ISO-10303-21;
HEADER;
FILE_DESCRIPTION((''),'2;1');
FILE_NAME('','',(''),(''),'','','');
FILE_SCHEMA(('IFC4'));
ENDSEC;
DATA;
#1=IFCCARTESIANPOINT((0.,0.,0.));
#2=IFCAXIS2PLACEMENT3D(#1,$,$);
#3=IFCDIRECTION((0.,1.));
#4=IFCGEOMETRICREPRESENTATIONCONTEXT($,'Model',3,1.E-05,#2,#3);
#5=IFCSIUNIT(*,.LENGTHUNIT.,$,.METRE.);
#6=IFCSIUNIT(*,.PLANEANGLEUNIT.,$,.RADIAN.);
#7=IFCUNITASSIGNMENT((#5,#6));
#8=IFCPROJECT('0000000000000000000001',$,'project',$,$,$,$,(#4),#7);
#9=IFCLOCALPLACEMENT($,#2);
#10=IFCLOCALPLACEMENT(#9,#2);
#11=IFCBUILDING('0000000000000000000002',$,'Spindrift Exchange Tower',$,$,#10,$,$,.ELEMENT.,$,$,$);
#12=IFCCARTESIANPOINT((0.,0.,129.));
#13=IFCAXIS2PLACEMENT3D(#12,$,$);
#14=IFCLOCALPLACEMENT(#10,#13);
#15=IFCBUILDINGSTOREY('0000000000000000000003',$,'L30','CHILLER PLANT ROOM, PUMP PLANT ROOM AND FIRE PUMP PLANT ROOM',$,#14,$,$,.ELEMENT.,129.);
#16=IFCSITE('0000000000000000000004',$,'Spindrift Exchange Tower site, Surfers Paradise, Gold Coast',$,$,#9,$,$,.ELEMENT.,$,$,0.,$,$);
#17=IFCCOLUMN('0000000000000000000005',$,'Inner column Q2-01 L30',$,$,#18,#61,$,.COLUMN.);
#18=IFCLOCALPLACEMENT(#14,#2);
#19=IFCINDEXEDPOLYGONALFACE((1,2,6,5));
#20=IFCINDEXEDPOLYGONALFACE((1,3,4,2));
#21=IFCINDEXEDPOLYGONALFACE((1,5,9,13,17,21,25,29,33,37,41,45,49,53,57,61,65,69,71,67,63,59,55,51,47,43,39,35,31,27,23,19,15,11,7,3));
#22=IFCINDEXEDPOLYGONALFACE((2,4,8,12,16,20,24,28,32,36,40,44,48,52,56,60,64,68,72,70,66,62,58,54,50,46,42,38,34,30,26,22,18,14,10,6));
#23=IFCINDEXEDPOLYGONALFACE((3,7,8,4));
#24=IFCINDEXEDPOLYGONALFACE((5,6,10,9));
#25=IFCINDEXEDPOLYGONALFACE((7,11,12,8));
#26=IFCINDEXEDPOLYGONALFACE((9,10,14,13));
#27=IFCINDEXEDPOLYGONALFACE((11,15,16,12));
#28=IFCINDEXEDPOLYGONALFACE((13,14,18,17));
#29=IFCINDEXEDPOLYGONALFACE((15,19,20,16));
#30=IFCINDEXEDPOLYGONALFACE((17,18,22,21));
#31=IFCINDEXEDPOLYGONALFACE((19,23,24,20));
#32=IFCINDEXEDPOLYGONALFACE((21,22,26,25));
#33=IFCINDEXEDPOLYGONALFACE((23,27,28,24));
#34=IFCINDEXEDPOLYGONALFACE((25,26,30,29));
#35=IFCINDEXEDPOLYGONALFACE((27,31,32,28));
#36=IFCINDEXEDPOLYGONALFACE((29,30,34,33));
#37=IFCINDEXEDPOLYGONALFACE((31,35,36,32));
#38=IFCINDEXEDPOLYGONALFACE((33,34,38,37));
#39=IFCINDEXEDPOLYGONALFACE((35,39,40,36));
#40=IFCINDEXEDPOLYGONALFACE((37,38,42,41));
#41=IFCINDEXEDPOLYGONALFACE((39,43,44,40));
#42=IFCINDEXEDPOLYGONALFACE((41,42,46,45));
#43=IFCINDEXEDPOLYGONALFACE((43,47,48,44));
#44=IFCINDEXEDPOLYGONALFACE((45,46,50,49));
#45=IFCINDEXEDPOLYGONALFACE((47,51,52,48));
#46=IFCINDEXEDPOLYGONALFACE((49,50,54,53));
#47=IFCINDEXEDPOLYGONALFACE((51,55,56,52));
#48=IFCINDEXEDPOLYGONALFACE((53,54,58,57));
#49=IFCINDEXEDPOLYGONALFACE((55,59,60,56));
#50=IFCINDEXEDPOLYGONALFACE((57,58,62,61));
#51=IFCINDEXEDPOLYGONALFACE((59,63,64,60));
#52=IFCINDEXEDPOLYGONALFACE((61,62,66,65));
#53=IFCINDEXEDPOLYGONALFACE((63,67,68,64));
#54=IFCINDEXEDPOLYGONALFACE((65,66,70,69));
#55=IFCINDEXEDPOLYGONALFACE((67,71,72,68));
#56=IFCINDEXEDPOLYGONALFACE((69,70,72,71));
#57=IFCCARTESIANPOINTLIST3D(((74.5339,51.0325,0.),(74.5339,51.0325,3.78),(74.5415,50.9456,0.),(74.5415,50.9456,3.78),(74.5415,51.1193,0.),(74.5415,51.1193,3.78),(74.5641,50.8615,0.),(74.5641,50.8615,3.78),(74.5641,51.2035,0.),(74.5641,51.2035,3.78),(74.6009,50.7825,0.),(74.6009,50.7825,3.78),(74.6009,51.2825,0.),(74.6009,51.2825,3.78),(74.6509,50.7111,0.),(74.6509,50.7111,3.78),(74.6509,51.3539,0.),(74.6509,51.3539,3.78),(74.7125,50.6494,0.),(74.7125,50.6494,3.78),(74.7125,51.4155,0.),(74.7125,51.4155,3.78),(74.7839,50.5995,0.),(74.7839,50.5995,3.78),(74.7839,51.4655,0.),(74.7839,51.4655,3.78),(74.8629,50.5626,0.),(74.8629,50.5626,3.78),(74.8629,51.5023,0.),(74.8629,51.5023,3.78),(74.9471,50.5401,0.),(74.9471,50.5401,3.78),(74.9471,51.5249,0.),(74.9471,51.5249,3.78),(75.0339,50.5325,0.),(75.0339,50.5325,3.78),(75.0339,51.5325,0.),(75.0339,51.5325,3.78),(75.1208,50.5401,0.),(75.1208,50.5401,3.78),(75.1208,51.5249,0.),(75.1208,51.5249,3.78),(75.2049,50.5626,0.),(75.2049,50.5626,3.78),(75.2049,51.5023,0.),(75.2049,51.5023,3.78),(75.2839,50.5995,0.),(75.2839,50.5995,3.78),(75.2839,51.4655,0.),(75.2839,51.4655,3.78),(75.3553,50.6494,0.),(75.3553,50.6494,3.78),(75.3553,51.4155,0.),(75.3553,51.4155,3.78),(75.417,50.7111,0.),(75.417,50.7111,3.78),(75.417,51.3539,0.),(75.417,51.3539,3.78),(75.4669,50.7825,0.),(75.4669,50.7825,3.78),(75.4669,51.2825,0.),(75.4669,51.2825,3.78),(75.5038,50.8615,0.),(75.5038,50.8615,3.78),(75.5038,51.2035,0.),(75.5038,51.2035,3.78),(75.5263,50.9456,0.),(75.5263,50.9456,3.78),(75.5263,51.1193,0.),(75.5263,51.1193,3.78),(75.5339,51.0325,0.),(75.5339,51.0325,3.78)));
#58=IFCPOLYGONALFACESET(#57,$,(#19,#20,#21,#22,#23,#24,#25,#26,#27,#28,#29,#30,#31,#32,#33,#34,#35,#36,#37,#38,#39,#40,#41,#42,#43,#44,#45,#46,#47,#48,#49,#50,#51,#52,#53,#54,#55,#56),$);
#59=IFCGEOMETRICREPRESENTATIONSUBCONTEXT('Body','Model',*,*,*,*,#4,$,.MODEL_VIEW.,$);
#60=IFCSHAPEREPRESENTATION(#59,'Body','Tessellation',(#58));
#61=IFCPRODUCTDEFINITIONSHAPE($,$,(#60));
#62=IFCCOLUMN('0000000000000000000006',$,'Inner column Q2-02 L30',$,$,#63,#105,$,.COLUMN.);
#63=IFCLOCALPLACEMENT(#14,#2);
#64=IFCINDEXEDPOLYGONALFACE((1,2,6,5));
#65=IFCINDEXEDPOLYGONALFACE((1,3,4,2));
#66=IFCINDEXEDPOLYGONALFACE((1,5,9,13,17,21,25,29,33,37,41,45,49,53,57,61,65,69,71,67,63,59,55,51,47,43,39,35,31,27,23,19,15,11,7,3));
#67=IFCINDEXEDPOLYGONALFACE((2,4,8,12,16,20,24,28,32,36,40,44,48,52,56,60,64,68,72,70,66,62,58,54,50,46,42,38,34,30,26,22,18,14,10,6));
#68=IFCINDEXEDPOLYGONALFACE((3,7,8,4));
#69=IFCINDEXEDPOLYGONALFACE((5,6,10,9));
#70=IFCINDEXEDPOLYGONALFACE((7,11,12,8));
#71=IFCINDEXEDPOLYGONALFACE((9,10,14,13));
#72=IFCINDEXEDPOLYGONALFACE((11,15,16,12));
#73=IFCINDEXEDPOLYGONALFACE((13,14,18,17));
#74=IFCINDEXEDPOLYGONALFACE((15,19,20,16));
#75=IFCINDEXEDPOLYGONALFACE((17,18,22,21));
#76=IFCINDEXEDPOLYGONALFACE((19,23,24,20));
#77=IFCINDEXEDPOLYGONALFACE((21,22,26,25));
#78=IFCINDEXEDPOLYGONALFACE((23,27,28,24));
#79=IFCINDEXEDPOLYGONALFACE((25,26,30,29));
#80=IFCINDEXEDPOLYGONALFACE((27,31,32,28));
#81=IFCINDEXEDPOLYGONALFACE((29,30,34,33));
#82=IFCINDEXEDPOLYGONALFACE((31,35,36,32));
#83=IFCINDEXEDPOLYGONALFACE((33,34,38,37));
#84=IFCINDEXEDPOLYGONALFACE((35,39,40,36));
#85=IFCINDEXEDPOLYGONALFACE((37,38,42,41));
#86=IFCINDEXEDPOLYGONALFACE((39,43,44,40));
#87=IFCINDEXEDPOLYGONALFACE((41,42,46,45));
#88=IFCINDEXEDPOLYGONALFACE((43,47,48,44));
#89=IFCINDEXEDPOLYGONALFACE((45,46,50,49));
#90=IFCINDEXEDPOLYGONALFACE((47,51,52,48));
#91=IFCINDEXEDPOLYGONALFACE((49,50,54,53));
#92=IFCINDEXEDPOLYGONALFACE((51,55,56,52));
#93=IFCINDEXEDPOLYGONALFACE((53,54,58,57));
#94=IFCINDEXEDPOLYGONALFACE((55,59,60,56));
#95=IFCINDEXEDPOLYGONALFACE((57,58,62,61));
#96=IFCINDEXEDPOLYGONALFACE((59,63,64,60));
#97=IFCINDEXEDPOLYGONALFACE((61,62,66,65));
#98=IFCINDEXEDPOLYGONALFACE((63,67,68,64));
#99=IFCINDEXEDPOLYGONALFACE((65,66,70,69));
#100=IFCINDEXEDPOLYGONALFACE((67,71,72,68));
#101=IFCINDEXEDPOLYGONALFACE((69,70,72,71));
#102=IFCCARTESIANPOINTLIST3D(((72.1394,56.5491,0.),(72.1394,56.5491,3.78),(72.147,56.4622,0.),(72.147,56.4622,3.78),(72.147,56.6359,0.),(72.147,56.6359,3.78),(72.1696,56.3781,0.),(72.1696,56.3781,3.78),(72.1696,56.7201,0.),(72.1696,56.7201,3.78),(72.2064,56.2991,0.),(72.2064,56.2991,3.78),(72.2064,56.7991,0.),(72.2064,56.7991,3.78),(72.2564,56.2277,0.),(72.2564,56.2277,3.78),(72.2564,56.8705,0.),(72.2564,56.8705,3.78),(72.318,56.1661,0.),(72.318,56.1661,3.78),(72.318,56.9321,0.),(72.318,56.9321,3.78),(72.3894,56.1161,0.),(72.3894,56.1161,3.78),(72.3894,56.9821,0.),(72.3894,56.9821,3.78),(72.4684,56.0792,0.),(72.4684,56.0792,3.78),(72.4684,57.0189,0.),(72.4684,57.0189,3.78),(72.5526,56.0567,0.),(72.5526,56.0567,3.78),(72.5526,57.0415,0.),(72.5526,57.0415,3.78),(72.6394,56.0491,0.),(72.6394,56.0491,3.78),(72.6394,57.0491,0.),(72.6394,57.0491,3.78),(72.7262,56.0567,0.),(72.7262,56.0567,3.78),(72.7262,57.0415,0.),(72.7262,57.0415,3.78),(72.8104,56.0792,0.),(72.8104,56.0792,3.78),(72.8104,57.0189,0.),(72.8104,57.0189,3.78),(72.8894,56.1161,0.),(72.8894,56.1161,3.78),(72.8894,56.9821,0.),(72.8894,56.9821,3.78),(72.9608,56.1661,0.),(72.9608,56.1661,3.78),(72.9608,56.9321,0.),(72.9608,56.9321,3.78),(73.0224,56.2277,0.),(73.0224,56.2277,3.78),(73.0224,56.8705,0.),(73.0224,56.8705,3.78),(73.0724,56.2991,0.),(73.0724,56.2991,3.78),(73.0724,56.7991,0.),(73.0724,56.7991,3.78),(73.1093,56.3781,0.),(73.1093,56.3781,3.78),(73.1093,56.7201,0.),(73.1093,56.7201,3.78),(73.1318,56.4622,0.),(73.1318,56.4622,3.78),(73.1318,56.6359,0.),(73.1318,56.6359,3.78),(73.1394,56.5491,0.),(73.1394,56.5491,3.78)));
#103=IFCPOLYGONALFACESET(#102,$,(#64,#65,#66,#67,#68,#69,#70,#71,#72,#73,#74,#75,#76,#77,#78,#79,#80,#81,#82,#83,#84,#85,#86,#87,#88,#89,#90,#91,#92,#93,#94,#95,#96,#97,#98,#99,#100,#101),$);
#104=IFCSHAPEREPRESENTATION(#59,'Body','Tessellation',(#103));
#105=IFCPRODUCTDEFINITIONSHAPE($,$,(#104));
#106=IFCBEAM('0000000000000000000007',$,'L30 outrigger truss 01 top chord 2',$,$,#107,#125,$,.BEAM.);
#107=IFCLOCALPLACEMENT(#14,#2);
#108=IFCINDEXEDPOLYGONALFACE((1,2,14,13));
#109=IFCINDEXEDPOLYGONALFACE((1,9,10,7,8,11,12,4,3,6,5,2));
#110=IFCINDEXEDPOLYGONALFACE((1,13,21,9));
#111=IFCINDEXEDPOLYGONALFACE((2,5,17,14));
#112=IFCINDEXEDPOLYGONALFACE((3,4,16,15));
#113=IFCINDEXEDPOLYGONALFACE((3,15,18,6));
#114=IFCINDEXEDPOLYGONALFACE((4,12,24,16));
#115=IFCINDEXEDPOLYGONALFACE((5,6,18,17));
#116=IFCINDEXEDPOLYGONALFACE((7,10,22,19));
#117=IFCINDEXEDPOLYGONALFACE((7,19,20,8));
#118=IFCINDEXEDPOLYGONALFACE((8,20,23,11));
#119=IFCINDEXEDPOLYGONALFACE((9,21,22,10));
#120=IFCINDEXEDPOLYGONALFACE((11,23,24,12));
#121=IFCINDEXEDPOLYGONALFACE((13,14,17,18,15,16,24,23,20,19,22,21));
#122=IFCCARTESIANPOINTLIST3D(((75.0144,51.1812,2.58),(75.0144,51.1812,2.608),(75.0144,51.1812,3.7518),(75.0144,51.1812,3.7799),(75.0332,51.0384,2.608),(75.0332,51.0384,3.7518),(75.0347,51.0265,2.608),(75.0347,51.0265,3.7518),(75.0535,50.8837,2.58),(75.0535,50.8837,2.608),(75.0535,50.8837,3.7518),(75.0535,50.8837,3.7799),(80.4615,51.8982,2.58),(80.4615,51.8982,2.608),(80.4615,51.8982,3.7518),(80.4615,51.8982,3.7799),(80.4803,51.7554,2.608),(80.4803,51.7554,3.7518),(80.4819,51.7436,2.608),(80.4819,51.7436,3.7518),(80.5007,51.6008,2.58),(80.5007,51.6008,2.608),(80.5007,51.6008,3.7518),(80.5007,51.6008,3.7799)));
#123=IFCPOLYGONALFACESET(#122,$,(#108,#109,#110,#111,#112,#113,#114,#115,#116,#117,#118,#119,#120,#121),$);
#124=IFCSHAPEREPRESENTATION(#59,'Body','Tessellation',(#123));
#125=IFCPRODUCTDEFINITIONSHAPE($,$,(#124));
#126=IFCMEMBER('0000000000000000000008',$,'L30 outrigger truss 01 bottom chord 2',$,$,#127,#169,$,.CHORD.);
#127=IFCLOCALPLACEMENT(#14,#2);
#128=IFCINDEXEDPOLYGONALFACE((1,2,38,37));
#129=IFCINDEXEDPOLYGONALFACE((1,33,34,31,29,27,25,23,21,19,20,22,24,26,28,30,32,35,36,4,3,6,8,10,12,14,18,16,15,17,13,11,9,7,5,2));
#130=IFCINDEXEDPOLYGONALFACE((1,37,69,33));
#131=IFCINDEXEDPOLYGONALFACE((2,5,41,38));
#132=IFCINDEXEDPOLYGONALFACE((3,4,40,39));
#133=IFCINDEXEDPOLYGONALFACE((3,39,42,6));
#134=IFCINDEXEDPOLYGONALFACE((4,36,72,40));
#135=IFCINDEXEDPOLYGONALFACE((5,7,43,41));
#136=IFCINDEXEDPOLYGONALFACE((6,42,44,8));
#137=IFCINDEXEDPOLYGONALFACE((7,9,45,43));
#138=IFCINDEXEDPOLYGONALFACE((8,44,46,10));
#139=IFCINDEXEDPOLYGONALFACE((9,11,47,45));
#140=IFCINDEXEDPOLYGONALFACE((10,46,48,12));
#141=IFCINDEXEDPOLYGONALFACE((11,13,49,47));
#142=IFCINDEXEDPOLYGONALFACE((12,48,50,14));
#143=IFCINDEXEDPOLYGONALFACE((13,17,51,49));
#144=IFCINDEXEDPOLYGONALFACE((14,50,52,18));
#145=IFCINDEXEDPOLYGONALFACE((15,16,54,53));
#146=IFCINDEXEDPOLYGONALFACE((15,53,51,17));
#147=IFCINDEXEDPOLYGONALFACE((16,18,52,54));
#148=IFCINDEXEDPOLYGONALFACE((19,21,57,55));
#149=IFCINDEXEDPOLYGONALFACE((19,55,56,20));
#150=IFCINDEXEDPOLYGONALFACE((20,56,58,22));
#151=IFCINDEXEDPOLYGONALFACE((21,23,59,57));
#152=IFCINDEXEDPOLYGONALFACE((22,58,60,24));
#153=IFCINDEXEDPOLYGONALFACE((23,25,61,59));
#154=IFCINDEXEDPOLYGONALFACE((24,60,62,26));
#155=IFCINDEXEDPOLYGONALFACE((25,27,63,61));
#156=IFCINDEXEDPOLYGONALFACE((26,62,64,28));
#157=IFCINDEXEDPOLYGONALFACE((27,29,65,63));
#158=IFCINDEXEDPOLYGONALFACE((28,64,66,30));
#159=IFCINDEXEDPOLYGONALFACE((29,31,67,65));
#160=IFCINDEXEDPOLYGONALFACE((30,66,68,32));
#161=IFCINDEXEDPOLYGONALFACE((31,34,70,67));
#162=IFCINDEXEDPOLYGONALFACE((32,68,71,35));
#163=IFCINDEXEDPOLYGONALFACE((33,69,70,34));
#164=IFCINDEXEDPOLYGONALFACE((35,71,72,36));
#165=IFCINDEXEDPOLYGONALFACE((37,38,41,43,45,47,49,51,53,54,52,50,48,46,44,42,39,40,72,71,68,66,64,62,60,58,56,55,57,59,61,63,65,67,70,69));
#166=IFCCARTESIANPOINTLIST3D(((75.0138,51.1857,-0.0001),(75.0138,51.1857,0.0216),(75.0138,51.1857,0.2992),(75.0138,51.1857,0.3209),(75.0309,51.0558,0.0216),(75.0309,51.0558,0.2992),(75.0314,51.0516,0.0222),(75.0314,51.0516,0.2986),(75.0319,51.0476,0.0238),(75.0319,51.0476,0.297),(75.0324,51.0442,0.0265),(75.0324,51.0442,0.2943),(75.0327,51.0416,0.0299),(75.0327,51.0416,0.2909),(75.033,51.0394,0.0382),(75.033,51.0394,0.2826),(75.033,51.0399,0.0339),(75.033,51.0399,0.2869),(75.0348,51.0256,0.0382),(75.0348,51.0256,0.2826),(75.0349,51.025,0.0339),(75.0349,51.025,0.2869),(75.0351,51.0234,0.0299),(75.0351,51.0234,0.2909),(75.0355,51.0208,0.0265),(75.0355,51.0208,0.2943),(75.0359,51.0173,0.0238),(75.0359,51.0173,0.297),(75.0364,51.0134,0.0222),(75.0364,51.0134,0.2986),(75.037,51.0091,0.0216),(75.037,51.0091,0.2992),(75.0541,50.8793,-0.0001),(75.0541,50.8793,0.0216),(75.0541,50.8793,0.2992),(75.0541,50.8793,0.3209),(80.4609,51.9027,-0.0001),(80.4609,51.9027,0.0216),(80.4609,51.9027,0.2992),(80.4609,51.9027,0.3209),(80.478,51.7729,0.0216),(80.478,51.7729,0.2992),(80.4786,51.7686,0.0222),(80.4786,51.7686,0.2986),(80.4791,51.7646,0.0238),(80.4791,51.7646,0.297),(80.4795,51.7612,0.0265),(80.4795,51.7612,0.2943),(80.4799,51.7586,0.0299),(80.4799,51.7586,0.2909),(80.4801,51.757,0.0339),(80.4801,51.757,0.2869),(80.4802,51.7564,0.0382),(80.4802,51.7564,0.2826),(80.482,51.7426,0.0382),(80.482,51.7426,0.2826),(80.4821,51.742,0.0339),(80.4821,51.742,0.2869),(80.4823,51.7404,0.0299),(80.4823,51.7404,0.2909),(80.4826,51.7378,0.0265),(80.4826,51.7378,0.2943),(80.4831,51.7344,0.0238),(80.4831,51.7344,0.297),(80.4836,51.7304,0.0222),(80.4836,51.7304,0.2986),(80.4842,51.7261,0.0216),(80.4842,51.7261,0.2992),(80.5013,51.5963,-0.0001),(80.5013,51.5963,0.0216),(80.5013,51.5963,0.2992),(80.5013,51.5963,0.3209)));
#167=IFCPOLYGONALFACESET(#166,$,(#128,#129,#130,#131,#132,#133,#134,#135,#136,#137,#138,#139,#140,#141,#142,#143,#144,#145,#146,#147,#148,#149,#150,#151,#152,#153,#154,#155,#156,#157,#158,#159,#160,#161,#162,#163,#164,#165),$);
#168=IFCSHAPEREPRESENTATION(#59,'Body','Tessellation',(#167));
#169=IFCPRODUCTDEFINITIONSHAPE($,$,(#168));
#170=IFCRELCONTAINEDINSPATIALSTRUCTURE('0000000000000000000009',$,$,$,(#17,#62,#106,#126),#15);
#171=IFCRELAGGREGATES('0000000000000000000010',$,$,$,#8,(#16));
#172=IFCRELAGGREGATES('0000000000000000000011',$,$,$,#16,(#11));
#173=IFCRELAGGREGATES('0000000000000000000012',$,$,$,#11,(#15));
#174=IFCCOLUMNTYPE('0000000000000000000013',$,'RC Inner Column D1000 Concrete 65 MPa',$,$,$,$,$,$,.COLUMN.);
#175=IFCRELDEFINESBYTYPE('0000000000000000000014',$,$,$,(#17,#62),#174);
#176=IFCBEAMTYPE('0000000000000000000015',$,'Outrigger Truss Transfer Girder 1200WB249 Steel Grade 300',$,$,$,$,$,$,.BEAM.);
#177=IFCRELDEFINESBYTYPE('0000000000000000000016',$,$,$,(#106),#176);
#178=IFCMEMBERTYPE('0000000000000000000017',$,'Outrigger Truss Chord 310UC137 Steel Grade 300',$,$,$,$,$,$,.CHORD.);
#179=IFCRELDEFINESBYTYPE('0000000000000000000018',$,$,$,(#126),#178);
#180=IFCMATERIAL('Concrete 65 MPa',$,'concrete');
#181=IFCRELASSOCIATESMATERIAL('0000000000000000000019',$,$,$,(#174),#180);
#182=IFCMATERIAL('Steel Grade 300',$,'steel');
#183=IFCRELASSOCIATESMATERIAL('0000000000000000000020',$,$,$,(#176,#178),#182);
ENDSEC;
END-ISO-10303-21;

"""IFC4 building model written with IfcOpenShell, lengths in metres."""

from ifc_helpers import new_model, si_unit, direction, frame, origin, origin_2d, place, context, subcontext, project, spatial, circle, i_section, extrude, source, transform, mapped, material, material_profile, profile_set, type_object, element, save


model = new_model("IFC4")

# Units and contexts
model_context = context("Model", 3, precision=1e-05, world=origin(), true_north=direction((0.0, 1.0)))
body_context = subcontext(model_context, "Body", "Model", "MODEL_VIEW")
ifc_project = project(units=[si_unit("LENGTHUNIT", "METRE"), si_unit("PLANEANGLEUNIT", "RADIAN")], contexts=[model_context])

# Site, building, storey
site_placement = place(None, origin())
site = spatial("IfcSite", under=ifc_project, at=site_placement, Name="Spindrift Exchange Tower site, Surfers Paradise, Gold Coast", CompositionType="ELEMENT", RefElevation=0.0)
building_placement = place(site_placement, origin())
building = spatial("IfcBuilding", under=site, at=building_placement, Name="Spindrift Exchange Tower", CompositionType="ELEMENT")
storey_placement = place(building_placement, frame((0.0, 0.0, 129.0)))
storey = spatial("IfcBuildingStorey", under=building, at=storey_placement, Name="L30", Description="CHILLER PLANT ROOM, PUMP PLANT ROOM AND FIRE PUMP PLANT ROOM", CompositionType="ELEMENT", Elevation=129.0)

# Columns
ifc_material_1 = material(Name="Concrete 65 MPa", Category="concrete")
ifc_material_profile_1 = material_profile(ifc_material_1, circle(Radius=0.5, at=origin_2d()), Name="RC D1000")
ifc_profile_set_1 = profile_set([ifc_material_profile_1], Name="Concrete 65 MPa")
column_type = type_object("IfcColumnType", Name="RC Inner Column D1000 Concrete 65 MPa", PredefinedType="COLUMN", material=ifc_profile_set_1)
shared_shape_1 = source(origin(), body_context, "Body", "SweptSolid", [
    extrude(circle(Radius=0.5, at=origin_2d()), origin(), (0.0, 0.0, 1.0), 3.78),
])
for number, where, z_axis, x_axis, name in (
    (1, (75.0339, 51.0325, 0.0), (0.0, 0.0, 1.0), (1.0, 0.0, 0.0), "Inner column Q2-01 L30"),
    (2, (72.6394, 56.5491, 0.0), (0.0, 0.0, 1.0), (1.0, 0.0, 0.0), "Inner column Q2-02 L30"),
):
    element("IfcColumn", number, at=place(storey_placement, frame(where, z_axis=z_axis, x_axis=x_axis)), inside=storey, type_object=column_type, Name=name, PredefinedType="COLUMN", context=body_context, shape_type="MappedRepresentation", body=[
        mapped(shared_shape_1, transform((0.0, 0.0, 0.0), scale=1.0)),
    ])

# Beam
ifc_material_2 = material(Name="Steel Grade 300", Category="steel")
ifc_material_profile_2 = material_profile(ifc_material_2, i_section(OverallWidth=0.3, OverallDepth=1.2, WebThickness=0.012, FlangeThickness=0.0281, at=origin_2d()), Name="1200WB249")
ifc_profile_set_2 = profile_set([ifc_material_profile_2], Name="Steel Grade 300")
beam_type = type_object("IfcBeamType", Name="Outrigger Truss Transfer Girder 1200WB249 Steel Grade 300", PredefinedType="BEAM", material=ifc_profile_set_2)
shared_shape_2 = source(origin(), body_context, "Body", "SweptSolid", [
    extrude(i_section(OverallWidth=0.3, OverallDepth=1.2, WebThickness=0.012, FlangeThickness=0.0281, at=origin_2d()), origin(), (0.0, 0.0, 1.0), 5.4941),
])
beam_1_placement = place(storey_placement, frame((75.0339, 51.0325, 3.1799), z_axis=(0.991447, 0.130507, 0.0), x_axis=(-0.130507, 0.991447, 0.0)))
element("IfcBeam", 3, at=beam_1_placement, inside=storey, type_object=beam_type, Name="L30 outrigger truss 01 top chord 2", PredefinedType="BEAM", context=body_context, shape_type="MappedRepresentation", body=[
    mapped(shared_shape_2, transform((0.0, 0.0, 0.0), scale=1.0)),
])

# Member
ifc_material_profile_3 = material_profile(ifc_material_2, i_section(OverallWidth=0.3091, OverallDepth=0.321, WebThickness=0.0139, FlangeThickness=0.0217, FilletRadius=0.0166, at=origin_2d()), Name="310UC137")
ifc_profile_set_3 = profile_set([ifc_material_profile_3], Name="Steel Grade 300")
member_type_1 = type_object("IfcMemberType", Name="Outrigger Truss Chord 310UC137 Steel Grade 300", PredefinedType="CHORD", material=ifc_profile_set_3)
shared_shape_3 = source(origin(), body_context, "Body", "SweptSolid", [
    extrude(i_section(OverallWidth=0.3091, OverallDepth=0.321, WebThickness=0.0139, FlangeThickness=0.0217, FilletRadius=0.0166, at=origin_2d()), origin(), (0.0, 0.0, 1.0), 5.4941),
])
member_1_placement = place(storey_placement, frame((75.0339, 51.0325, 0.1604), z_axis=(0.991447, 0.130507, 0.0), x_axis=(-0.130507, 0.991447, 0.0)))
element("IfcMember", 4, at=member_1_placement, inside=storey, type_object=member_type_1, Name="L30 outrigger truss 01 bottom chord 2", PredefinedType="CHORD", context=body_context, shape_type="MappedRepresentation", body=[
    mapped(shared_shape_3, transform((0.0, 0.0, 0.0), scale=1.0)),
])

save(model, "model.ifc")
